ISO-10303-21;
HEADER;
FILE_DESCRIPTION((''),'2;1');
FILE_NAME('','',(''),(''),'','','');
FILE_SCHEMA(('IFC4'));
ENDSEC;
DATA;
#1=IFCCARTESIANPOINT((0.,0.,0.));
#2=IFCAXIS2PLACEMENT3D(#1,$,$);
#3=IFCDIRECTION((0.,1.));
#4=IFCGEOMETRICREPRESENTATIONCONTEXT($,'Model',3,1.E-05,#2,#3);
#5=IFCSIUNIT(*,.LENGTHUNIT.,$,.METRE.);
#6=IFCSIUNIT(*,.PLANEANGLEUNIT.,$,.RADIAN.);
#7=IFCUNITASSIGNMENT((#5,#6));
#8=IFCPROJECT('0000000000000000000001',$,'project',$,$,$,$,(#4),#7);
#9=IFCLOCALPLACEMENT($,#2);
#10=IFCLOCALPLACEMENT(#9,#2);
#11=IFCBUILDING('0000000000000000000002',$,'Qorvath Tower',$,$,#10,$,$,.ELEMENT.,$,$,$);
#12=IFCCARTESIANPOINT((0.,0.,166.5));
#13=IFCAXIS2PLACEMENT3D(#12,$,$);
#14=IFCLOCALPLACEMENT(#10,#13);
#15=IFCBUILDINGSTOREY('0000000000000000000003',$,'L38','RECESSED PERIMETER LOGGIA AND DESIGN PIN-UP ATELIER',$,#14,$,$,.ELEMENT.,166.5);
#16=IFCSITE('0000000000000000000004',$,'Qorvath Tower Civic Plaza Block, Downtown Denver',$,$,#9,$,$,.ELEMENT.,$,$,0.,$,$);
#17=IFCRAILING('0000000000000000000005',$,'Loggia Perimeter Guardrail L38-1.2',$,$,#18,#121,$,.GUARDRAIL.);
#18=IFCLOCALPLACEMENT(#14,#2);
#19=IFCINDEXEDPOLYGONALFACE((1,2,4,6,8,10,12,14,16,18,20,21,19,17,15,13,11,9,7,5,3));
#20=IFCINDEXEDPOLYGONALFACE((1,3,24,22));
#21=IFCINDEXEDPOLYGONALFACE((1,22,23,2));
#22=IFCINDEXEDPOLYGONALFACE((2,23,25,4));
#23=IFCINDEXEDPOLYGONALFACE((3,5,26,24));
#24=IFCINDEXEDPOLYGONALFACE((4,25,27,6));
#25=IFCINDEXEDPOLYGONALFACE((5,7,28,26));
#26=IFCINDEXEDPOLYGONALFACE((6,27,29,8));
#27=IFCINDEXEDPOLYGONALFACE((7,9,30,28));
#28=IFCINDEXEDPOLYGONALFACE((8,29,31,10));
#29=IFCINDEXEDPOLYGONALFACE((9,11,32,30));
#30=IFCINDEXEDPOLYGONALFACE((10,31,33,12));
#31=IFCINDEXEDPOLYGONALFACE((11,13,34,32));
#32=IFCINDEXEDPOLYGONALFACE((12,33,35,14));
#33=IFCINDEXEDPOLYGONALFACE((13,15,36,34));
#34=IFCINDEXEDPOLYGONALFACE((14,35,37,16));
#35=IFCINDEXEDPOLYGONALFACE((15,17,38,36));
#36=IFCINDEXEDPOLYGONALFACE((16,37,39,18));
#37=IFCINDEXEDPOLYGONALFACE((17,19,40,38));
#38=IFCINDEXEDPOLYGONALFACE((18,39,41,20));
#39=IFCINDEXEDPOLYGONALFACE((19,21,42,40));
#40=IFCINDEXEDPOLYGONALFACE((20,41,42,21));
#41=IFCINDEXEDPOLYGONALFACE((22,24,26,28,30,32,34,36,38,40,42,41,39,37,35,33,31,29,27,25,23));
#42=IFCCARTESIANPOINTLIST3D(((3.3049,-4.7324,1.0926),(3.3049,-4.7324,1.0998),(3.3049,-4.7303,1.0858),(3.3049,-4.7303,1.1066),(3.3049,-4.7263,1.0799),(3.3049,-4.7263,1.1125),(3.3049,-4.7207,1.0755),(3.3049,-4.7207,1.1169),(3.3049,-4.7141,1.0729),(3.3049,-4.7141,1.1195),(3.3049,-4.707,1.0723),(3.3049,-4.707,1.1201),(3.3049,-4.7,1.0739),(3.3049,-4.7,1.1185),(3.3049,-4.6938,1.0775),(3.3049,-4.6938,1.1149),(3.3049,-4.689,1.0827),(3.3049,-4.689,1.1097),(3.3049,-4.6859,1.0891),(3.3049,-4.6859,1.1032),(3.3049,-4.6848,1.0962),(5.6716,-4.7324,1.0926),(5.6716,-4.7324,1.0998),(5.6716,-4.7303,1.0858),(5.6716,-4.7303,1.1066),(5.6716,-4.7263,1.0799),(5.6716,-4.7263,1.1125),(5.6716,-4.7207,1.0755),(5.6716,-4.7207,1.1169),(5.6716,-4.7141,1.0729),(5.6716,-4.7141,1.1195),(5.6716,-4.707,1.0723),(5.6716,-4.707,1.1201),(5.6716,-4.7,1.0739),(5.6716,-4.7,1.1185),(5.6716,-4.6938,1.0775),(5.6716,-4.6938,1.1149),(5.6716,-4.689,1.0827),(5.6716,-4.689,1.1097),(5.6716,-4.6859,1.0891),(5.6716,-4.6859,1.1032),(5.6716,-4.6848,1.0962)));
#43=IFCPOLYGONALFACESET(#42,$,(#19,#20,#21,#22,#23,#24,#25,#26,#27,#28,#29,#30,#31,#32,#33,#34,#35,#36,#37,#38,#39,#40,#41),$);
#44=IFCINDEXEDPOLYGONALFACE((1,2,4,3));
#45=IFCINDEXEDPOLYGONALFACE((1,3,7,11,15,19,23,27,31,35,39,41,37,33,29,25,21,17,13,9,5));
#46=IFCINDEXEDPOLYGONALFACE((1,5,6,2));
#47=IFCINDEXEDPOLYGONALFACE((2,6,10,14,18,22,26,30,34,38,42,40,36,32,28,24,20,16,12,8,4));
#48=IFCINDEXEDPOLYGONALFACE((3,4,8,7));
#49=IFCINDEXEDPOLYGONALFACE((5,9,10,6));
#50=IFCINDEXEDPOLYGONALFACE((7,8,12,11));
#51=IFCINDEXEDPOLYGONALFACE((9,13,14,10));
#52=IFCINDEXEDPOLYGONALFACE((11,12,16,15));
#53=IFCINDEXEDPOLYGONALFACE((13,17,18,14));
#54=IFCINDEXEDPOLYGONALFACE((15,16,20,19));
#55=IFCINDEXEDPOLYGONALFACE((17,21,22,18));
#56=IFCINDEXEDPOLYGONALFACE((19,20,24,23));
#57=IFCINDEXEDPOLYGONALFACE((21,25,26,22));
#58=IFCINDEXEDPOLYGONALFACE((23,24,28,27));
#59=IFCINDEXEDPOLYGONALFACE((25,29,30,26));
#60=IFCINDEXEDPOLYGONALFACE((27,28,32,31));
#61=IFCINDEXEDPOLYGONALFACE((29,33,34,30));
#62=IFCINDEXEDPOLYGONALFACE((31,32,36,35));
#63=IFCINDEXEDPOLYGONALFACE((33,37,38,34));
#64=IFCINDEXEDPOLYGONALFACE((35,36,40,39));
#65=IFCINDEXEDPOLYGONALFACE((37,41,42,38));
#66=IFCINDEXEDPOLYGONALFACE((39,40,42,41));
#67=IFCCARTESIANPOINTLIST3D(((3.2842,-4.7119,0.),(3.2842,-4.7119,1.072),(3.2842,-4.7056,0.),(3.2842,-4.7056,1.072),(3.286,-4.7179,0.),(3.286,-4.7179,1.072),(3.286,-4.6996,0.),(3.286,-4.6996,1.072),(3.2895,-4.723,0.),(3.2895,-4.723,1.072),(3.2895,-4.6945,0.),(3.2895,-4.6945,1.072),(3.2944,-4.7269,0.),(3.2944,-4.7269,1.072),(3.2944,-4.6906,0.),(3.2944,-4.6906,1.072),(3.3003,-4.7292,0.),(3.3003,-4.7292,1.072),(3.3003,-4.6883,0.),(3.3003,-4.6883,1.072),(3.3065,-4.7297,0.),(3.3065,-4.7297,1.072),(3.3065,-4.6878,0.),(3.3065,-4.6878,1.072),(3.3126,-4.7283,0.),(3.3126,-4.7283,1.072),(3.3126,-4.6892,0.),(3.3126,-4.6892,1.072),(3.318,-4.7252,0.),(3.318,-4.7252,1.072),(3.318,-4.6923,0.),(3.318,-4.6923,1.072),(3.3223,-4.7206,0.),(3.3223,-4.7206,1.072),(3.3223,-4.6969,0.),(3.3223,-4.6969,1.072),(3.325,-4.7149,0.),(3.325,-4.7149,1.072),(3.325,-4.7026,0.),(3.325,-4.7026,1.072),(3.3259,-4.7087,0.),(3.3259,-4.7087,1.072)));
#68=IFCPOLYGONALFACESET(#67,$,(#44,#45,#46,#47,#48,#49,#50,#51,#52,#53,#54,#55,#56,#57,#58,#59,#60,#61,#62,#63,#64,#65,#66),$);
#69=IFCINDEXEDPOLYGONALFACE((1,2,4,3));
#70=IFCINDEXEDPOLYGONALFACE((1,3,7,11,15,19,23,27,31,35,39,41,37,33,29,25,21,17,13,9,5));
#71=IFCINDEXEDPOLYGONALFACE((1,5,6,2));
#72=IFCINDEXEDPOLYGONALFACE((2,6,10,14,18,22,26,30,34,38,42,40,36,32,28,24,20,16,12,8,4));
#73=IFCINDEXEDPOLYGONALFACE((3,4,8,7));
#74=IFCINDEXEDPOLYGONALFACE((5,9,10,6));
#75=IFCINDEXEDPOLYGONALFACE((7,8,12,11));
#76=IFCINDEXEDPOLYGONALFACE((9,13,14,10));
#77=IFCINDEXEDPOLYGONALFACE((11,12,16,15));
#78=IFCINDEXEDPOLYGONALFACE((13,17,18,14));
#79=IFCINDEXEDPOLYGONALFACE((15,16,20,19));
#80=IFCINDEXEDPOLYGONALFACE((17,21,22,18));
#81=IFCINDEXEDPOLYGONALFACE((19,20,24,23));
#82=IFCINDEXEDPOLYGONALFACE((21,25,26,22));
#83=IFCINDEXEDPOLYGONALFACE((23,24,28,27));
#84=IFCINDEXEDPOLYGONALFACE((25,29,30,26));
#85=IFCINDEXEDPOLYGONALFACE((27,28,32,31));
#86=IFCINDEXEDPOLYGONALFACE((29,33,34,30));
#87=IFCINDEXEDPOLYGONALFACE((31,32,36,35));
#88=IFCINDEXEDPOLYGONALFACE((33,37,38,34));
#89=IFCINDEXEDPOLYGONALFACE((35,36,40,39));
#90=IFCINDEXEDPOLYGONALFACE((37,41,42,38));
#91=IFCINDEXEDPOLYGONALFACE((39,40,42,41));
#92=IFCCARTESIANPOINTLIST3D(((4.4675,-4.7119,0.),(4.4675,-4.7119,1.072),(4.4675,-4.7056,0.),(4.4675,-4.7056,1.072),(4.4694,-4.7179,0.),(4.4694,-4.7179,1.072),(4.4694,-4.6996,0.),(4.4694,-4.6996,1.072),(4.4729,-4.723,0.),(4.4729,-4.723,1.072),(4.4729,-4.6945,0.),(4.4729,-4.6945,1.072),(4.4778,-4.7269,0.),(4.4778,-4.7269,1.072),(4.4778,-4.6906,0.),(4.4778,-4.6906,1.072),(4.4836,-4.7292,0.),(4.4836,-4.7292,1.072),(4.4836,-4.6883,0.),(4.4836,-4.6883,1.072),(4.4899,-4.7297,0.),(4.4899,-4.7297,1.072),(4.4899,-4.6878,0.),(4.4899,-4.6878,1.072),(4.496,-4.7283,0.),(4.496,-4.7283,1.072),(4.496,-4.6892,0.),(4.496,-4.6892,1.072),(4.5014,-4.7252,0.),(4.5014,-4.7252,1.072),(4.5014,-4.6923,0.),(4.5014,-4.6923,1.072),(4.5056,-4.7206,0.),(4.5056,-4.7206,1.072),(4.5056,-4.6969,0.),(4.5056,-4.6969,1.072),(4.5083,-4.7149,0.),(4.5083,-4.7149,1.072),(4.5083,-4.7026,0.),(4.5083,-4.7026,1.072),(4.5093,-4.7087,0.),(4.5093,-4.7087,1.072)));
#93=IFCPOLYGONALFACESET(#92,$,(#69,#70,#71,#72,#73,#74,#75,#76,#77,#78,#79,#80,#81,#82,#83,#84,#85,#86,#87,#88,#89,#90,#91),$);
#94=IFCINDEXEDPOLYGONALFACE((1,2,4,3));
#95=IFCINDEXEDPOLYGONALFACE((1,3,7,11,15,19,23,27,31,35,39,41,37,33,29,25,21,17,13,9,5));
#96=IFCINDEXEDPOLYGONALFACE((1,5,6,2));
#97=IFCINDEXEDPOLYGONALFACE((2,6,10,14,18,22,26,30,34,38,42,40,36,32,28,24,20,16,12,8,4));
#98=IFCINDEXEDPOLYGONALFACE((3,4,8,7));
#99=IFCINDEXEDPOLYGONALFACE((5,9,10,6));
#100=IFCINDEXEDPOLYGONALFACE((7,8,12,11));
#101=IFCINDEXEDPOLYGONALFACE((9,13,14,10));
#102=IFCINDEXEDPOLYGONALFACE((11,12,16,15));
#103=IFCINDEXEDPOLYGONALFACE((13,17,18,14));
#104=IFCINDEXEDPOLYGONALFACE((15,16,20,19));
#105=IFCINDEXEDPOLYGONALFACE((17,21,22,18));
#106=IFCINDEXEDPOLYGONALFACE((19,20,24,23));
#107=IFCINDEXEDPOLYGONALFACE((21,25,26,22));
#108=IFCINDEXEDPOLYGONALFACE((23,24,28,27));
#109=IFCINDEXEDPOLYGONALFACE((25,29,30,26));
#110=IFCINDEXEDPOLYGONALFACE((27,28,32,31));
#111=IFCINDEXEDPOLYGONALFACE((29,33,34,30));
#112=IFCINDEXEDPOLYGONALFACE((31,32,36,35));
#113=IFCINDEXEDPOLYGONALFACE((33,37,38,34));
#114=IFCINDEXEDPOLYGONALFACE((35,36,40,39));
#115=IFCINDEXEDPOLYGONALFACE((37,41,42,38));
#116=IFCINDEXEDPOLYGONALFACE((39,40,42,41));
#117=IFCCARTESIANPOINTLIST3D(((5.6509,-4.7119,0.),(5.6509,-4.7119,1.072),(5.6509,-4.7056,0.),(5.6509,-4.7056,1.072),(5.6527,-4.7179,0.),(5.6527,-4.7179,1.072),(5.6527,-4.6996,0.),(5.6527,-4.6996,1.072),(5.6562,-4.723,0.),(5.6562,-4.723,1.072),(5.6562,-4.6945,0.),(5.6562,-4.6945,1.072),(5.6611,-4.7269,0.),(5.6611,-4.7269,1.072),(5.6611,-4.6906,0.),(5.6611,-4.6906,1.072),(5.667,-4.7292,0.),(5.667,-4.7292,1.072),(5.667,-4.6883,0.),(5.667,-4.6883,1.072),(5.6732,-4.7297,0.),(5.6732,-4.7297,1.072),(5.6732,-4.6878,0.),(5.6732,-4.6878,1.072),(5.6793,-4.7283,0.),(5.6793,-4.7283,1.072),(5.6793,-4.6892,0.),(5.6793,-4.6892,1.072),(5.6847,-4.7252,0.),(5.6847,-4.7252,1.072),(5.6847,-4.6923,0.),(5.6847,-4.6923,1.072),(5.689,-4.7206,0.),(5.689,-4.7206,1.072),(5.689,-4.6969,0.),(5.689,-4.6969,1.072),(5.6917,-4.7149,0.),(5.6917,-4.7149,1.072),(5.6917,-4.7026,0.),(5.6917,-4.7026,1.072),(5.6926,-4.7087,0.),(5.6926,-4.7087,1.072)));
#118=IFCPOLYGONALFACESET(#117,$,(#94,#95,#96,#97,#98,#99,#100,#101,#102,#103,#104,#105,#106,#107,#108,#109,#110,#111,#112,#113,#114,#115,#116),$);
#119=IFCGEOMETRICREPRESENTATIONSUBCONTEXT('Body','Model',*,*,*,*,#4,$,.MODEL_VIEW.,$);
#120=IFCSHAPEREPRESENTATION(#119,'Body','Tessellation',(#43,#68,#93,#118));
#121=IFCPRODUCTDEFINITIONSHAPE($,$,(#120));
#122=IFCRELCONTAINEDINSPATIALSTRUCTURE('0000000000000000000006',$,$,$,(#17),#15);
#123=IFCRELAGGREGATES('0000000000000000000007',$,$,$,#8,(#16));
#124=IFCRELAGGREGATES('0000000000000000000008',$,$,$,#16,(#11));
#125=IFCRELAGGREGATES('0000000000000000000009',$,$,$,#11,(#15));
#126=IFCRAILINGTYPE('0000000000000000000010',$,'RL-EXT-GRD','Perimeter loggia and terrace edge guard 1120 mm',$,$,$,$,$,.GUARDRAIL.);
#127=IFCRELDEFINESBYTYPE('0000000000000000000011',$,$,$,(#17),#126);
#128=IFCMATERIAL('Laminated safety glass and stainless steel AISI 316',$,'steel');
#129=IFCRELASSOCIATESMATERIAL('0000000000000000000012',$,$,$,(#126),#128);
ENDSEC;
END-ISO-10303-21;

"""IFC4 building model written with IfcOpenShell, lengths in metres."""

from ifc_helpers import new_model, si_unit, direction, frame, origin, origin_2d, place, context, subcontext, project, spatial, circle, extrude, material, type_object, element, save


model = new_model("IFC4")

# Units and contexts
model_context = context("Model", 3, precision=1e-05, world=origin(), true_north=direction((0.0, 1.0)))
body_context = subcontext(model_context, "Body", "Model", "MODEL_VIEW")
ifc_project = project(units=[si_unit("LENGTHUNIT", "METRE"), si_unit("PLANEANGLEUNIT", "RADIAN")], contexts=[model_context])

# Site, building, storey
site_placement = place(None, origin())
site = spatial("IfcSite", under=ifc_project, at=site_placement, Name="Qorvath Tower Civic Plaza Block, Downtown Denver", CompositionType="ELEMENT", RefElevation=0.0)
building_placement = place(site_placement, origin())
building = spatial("IfcBuilding", under=site, at=building_placement, Name="Qorvath Tower", CompositionType="ELEMENT")
storey_placement = place(building_placement, frame((0.0, 0.0, 166.5)))
storey = spatial("IfcBuildingStorey", under=building, at=storey_placement, Name="L38", Description="RECESSED PERIMETER LOGGIA AND DESIGN PIN-UP ATELIER", CompositionType="ELEMENT", Elevation=166.5)

# Railing
ifc_material_1 = material(Name="Laminated safety glass and stainless steel AISI 316", Category="steel")
railing_type = type_object("IfcRailingType", Name="RL-EXT-GRD", Description="Perimeter loggia and terrace edge guard 1120 mm", PredefinedType="GUARDRAIL", material=ifc_material_1)
railing_1_placement = place(storey_placement, frame((3.3049, -4.7087, 0.0)))
element("IfcRailing", 1, at=railing_1_placement, inside=storey, type_object=railing_type, Name="Loggia Perimeter Guardrail L38-1.2", PredefinedType="GUARDRAIL", context=body_context, shape_type="SweptSolid", body=[
    extrude(circle(Radius=0.0239, at=origin_2d()), frame((0.0, 0.0, 1.0962), z_axis=(1.0, 0.0, 0.0), x_axis=(0.0, 1.0, 0.0)), (0.0, 0.0, 1.0), 2.3667),
    extrude(circle(Radius=0.021, at=origin_2d()), origin(), (0.0, 0.0, 1.0), 1.072),
    extrude(circle(Radius=0.021, at=origin_2d()), frame((1.1833, 0.0, 0.0)), (0.0, 0.0, 1.0), 1.072),
    extrude(circle(Radius=0.021, at=origin_2d()), frame((2.3667, 0.0, 0.0)), (0.0, 0.0, 1.0), 1.072),
])

save(model, "model.ifc")
